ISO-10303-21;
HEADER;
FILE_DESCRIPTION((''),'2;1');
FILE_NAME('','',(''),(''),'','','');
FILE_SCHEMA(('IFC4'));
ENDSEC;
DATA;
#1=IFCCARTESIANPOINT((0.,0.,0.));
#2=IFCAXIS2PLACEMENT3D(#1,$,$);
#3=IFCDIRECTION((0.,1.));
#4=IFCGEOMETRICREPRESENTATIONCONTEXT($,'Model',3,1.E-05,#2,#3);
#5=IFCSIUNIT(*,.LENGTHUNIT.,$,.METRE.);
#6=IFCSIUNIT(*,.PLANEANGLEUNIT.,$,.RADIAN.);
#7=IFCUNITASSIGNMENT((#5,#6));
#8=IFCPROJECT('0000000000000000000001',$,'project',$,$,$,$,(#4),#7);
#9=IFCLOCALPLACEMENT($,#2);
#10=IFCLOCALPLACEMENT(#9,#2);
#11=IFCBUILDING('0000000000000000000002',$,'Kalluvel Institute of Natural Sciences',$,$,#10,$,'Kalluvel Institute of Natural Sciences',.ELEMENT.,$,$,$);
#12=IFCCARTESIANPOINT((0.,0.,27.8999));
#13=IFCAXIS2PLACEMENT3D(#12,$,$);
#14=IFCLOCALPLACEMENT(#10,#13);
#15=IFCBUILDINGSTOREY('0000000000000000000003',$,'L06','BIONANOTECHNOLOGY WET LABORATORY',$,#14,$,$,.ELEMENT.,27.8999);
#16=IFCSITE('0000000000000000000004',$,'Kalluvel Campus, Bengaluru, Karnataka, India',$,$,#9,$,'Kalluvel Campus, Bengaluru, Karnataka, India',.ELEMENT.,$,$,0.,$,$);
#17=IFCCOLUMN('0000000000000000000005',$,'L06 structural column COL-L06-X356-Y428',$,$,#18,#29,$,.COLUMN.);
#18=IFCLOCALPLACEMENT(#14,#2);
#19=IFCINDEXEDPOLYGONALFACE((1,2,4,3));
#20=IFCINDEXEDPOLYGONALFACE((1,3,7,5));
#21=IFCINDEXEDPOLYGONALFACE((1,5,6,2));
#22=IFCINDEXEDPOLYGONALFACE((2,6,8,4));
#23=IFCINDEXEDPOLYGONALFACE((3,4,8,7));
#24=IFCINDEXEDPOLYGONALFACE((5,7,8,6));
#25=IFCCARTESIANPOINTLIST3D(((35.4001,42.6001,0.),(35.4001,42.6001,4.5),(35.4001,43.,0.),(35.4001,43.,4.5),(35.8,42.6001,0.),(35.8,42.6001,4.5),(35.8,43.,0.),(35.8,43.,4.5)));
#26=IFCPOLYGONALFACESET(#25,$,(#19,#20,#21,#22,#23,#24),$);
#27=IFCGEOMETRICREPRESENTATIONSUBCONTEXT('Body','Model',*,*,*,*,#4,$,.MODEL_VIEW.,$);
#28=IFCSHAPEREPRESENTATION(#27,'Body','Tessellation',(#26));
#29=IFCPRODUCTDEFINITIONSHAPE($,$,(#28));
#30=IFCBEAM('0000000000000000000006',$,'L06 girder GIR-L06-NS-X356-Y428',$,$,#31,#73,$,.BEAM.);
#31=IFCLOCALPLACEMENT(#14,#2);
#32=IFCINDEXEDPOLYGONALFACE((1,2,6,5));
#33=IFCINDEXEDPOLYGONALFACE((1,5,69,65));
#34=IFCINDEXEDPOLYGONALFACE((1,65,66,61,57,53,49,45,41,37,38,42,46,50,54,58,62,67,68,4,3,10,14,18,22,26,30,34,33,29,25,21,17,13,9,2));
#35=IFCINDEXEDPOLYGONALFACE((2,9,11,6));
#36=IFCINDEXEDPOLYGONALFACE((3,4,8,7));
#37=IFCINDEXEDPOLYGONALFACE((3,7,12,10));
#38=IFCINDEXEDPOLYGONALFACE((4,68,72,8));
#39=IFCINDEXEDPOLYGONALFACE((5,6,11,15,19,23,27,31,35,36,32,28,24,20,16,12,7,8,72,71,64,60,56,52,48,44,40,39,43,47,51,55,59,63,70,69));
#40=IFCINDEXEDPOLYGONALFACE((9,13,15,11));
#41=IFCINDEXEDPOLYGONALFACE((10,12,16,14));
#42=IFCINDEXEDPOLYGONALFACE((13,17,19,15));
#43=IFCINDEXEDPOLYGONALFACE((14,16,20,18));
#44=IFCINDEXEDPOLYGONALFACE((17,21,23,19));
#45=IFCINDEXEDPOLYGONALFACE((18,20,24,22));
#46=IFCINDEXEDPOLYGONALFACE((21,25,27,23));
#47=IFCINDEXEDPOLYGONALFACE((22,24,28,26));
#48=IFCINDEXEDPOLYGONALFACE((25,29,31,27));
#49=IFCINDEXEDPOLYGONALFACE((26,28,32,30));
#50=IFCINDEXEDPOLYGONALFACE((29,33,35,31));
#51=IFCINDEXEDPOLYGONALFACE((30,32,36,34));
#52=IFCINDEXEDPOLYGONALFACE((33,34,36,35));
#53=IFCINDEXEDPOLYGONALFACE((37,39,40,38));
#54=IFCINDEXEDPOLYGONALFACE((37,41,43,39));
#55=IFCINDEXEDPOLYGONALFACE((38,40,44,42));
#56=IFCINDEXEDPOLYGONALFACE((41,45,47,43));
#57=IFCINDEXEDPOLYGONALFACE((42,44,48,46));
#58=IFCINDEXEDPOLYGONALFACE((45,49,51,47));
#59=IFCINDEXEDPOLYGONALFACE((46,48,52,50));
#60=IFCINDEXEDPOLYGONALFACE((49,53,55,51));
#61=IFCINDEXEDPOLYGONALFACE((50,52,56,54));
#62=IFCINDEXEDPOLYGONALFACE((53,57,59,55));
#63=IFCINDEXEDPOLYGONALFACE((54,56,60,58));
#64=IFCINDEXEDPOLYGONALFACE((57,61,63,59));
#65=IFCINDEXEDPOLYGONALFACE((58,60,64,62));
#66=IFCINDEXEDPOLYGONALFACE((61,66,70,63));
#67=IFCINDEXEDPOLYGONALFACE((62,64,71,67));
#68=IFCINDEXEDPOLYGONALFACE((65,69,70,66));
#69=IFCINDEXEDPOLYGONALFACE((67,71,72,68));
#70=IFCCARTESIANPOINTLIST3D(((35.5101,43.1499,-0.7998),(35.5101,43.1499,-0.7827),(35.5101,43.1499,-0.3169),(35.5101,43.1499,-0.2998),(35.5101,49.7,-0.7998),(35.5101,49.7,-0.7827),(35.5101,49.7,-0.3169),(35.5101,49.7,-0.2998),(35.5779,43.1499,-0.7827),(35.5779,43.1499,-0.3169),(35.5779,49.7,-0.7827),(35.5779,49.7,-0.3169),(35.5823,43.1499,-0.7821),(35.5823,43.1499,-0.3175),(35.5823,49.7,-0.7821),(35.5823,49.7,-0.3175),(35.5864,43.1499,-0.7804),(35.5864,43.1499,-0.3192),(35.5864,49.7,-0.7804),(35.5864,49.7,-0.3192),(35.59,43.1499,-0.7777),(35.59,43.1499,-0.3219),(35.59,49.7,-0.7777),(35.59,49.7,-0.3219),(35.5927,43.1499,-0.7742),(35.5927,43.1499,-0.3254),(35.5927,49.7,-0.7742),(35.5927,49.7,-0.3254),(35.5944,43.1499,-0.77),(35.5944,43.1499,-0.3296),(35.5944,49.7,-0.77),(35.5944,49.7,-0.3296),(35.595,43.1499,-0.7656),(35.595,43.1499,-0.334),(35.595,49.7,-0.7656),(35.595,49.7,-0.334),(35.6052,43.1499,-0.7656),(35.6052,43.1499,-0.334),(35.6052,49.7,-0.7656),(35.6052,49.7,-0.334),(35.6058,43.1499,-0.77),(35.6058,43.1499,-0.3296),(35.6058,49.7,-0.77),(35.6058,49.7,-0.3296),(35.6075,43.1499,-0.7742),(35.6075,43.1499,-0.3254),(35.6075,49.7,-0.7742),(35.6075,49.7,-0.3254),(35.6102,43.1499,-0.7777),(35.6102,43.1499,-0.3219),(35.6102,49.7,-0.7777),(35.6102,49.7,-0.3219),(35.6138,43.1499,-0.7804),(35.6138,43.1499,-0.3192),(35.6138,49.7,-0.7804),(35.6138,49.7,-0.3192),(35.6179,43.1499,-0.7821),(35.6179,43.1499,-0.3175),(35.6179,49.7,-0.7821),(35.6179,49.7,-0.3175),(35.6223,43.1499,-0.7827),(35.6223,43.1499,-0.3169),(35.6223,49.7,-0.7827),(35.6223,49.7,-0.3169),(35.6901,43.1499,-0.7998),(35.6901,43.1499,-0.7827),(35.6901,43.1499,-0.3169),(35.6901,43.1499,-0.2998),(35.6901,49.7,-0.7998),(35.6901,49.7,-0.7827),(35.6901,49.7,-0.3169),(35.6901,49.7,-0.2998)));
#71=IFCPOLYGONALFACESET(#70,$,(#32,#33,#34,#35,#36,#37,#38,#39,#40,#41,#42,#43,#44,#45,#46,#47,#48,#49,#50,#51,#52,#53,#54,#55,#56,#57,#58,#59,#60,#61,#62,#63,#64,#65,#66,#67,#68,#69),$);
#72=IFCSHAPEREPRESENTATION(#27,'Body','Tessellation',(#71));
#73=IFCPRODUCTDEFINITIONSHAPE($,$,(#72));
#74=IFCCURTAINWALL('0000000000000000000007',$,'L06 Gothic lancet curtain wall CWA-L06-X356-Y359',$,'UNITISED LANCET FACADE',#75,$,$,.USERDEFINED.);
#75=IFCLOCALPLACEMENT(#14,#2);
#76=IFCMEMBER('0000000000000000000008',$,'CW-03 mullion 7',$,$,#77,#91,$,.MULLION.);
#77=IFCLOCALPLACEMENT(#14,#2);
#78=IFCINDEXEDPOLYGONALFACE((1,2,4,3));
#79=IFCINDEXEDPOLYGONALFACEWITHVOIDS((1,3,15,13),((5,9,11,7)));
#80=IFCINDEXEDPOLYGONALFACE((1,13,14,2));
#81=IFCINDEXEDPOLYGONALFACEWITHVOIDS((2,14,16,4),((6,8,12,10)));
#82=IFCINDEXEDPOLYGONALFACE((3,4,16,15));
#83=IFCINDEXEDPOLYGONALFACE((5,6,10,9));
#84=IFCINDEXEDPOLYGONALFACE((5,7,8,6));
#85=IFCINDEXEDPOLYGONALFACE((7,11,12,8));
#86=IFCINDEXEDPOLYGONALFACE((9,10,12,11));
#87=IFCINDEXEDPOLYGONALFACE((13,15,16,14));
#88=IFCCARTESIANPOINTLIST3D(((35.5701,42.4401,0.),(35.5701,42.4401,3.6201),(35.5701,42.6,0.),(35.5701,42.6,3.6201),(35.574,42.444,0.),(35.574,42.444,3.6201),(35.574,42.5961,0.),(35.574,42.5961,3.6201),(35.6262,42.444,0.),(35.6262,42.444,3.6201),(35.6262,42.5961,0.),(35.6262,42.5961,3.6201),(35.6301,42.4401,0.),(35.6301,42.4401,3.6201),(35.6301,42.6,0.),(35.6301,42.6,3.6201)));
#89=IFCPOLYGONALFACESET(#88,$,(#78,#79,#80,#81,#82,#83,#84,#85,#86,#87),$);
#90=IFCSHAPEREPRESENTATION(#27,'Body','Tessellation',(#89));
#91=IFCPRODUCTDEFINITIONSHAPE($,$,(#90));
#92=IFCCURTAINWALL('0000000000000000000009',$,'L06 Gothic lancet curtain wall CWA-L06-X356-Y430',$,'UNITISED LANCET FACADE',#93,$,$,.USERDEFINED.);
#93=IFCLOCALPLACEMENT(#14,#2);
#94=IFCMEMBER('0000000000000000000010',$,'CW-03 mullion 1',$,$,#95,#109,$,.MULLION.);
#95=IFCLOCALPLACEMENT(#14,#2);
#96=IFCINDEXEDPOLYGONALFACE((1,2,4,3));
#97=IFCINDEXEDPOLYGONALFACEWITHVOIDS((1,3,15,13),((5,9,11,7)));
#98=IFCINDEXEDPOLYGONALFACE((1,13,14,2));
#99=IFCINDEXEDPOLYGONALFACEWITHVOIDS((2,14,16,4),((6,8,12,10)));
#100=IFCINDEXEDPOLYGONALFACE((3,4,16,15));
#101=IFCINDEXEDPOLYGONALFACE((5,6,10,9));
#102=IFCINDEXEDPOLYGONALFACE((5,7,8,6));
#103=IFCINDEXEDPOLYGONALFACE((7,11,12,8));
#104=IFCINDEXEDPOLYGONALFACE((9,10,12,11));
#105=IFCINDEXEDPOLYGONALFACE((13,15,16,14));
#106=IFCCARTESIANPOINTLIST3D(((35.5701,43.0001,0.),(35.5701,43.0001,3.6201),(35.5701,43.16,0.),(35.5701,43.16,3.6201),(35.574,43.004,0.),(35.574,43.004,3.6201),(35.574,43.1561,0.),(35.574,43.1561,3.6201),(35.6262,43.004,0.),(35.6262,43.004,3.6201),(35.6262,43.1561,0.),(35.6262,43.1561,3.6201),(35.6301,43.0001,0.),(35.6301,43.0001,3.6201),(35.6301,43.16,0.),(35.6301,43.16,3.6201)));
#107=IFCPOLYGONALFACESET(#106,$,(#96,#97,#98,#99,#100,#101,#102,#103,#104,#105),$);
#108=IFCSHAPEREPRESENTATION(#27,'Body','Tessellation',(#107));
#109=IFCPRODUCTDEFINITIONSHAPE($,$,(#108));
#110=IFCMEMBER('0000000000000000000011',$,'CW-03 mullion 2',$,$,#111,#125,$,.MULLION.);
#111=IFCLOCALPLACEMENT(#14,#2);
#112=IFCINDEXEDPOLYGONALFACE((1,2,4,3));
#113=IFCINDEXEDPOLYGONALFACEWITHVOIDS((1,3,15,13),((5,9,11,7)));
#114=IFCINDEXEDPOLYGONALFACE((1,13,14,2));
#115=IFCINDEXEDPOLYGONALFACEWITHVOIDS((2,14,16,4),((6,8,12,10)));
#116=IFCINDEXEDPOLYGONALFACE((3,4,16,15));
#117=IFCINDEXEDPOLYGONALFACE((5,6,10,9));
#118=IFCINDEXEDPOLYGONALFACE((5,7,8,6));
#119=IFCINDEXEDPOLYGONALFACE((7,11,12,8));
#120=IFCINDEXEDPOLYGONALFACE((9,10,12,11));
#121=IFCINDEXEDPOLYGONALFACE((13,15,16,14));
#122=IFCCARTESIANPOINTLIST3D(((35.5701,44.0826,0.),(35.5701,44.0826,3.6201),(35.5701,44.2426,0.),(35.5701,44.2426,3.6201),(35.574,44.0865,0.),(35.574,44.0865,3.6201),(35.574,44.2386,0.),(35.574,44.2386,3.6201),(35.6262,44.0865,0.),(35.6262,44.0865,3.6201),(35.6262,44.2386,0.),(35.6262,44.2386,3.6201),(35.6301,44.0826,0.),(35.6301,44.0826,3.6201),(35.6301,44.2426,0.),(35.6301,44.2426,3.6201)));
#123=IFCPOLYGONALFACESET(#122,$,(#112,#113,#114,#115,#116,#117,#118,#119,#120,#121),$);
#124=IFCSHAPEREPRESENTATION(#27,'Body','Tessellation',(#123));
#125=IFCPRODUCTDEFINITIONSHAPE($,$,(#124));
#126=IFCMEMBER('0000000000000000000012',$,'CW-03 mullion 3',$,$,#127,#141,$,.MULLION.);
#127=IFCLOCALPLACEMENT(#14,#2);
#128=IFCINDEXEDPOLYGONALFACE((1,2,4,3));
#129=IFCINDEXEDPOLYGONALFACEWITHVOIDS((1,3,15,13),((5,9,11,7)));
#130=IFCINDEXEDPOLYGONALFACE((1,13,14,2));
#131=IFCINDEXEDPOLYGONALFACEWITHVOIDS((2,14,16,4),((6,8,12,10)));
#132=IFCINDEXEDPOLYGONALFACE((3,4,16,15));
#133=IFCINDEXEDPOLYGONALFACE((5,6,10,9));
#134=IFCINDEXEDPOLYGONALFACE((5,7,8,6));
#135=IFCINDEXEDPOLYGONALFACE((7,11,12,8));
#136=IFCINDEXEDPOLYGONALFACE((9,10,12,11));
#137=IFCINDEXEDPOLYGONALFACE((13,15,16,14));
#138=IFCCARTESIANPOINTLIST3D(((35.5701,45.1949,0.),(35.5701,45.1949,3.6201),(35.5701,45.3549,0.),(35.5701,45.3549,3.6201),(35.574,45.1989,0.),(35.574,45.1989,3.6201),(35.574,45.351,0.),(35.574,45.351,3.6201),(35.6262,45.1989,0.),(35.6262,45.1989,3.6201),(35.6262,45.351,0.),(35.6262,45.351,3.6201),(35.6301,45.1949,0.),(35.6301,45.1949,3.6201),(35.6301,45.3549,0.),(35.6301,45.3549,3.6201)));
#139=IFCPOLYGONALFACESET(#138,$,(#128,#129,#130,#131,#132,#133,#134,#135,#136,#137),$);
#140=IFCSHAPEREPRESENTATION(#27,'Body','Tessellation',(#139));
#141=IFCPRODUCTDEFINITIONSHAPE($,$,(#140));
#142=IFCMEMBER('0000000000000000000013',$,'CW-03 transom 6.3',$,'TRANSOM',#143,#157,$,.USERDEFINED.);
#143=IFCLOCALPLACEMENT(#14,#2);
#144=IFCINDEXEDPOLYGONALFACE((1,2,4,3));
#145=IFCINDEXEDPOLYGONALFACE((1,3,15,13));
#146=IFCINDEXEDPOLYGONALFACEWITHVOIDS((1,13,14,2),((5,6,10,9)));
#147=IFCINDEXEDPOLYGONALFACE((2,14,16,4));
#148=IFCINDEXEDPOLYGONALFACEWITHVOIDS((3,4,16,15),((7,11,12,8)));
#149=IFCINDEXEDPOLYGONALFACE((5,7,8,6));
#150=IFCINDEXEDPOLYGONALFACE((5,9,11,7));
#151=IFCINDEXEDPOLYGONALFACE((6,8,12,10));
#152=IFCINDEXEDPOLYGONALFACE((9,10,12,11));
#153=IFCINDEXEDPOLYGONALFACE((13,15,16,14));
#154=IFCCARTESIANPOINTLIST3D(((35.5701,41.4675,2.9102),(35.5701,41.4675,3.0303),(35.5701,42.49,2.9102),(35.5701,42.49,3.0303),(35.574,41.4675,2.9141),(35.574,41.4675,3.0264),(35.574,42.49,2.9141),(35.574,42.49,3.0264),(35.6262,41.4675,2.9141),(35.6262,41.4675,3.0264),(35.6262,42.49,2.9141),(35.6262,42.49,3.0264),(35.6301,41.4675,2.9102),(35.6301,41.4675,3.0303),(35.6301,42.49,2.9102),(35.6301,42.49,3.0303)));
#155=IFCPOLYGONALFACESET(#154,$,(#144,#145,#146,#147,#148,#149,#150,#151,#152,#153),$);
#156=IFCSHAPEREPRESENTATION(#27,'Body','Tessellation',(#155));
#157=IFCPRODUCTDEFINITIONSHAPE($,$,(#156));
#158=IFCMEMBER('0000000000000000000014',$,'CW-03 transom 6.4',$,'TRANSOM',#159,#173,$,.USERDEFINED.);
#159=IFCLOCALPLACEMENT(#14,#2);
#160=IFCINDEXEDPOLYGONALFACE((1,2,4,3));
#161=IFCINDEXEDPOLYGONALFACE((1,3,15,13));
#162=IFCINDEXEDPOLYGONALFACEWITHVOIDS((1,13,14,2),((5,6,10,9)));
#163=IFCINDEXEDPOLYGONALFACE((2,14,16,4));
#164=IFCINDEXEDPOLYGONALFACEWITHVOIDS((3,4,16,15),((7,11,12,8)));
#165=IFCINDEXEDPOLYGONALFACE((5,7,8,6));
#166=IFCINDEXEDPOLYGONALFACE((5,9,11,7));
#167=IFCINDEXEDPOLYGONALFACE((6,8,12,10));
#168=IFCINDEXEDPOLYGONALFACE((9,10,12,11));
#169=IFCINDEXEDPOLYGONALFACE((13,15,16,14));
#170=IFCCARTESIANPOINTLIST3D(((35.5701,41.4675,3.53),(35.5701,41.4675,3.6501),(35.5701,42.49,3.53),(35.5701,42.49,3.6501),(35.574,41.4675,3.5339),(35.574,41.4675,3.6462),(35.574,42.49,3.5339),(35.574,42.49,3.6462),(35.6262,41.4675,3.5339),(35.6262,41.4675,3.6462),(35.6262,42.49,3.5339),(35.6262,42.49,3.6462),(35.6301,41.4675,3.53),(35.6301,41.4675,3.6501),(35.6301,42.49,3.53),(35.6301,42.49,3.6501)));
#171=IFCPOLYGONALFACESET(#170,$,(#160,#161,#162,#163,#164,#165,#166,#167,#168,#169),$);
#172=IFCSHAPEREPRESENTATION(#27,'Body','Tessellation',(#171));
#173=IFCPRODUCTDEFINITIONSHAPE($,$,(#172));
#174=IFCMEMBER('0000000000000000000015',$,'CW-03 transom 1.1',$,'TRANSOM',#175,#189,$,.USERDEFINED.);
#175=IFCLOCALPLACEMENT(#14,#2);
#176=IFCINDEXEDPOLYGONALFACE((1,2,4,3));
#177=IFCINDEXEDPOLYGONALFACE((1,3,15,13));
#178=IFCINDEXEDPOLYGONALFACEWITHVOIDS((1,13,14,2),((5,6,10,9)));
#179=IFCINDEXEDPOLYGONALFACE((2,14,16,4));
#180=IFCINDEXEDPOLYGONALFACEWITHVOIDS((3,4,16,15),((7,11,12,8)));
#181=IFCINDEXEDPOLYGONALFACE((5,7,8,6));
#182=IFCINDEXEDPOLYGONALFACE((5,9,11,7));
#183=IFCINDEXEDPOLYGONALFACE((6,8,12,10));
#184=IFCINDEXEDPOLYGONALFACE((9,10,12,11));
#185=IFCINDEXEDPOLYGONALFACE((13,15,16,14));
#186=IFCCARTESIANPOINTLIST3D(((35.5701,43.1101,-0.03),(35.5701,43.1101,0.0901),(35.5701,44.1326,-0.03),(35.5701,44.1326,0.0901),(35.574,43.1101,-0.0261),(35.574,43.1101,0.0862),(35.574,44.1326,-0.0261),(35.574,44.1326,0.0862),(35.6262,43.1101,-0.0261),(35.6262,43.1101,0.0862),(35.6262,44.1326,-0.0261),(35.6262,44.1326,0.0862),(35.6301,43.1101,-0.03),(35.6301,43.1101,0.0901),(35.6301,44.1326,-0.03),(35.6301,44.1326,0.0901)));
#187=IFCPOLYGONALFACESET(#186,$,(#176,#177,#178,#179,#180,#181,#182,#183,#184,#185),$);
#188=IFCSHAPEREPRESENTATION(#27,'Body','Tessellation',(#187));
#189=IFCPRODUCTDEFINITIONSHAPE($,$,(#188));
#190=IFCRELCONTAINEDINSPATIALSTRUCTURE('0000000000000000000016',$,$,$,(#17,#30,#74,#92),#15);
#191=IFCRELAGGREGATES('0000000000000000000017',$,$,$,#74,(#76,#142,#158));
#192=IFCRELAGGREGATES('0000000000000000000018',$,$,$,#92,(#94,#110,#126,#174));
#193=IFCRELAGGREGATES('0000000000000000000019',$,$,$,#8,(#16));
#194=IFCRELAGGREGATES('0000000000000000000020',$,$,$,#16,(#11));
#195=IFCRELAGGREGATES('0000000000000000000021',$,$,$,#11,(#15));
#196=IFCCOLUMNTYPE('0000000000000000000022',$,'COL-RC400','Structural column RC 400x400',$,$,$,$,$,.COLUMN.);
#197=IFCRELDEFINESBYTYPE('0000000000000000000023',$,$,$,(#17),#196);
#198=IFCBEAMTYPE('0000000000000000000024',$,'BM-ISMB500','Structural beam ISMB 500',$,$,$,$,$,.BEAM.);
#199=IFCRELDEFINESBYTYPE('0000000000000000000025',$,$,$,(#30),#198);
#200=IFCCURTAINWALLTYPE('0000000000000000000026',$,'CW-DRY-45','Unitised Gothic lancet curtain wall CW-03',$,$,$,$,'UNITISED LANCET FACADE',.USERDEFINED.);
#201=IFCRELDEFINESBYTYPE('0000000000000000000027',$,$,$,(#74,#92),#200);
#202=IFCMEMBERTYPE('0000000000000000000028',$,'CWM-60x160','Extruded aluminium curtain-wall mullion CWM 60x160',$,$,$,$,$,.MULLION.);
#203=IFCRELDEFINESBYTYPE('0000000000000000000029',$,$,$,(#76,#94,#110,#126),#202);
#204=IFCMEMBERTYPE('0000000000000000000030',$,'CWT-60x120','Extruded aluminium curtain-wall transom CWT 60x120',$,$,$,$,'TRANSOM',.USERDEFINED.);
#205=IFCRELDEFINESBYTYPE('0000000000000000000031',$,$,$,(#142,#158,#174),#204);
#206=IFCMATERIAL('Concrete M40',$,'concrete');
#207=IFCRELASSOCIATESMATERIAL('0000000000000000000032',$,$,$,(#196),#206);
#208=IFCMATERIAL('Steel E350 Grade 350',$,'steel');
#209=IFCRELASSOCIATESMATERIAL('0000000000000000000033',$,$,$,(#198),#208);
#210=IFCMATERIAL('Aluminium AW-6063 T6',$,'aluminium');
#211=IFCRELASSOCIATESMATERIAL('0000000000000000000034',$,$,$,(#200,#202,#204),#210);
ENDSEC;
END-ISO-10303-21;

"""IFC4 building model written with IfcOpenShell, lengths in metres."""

from ifc_helpers import new_model, si_unit, direction, frame, origin, origin_2d, place, context, subcontext, project, spatial, rectangle, hollow_rectangle, i_section, extrude, material, material_profile, profile_set, type_object, element, aggregate, save


model = new_model("IFC4")

# Units and contexts
model_context = context("Model", 3, precision=1e-05, world=origin(), true_north=direction((0.0, 1.0)))
body_context = subcontext(model_context, "Body", "Model", "MODEL_VIEW")
ifc_project = project(units=[si_unit("LENGTHUNIT", "METRE"), si_unit("PLANEANGLEUNIT", "RADIAN")], contexts=[model_context])

# Site, building, storey
site_placement = place(None, origin())
site = spatial("IfcSite", under=ifc_project, at=site_placement, Name="Kalluvel Campus, Bengaluru, Karnataka, India", LongName="Kalluvel Campus, Bengaluru, Karnataka, India", CompositionType="ELEMENT", RefElevation=0.0)
building_placement = place(site_placement, origin())
building = spatial("IfcBuilding", under=site, at=building_placement, Name="Kalluvel Institute of Natural Sciences", LongName="Kalluvel Institute of Natural Sciences", CompositionType="ELEMENT")
storey_placement = place(building_placement, frame((0.0, 0.0, 27.8999)))
storey = spatial("IfcBuildingStorey", under=building, at=storey_placement, Name="L06", Description="BIONANOTECHNOLOGY WET LABORATORY", CompositionType="ELEMENT", Elevation=27.8999)

# Column
ifc_material_1 = material(Name="Concrete M40", Category="concrete")
ifc_material_profile_1 = material_profile(ifc_material_1, rectangle(XDim=0.3999, YDim=0.3999, at=origin_2d()), Name="RC 400x400")
ifc_profile_set_1 = profile_set([ifc_material_profile_1], Name="Concrete M40")
column_type = type_object("IfcColumnType", Name="COL-RC400", Description="Structural column RC 400x400", PredefinedType="COLUMN", material=ifc_profile_set_1)
column_placement = place(storey_placement, frame((35.6001, 42.8, 0.0), z_axis=(0.0, 0.0, 1.0), x_axis=(1.0, 0.0, 0.0)))
element("IfcColumn", 1, at=column_placement, inside=storey, type_object=column_type, Name="L06 structural column COL-L06-X356-Y428", PredefinedType="COLUMN", context=body_context, shape_type="SweptSolid", body=[
    extrude(rectangle(XDim=0.3999, YDim=0.3999, at=origin_2d()), origin(), (0.0, 0.0, 1.0), 4.5),
])

# Beam
ifc_material_2 = material(Name="Steel E350 Grade 350", Category="steel")
ifc_material_profile_2 = material_profile(ifc_material_2, i_section(OverallWidth=0.1799, OverallDepth=0.5, WebThickness=0.0103, FlangeThickness=0.0171, FilletRadius=0.0171, at=origin_2d()), Name="ISMB 500")
ifc_profile_set_2 = profile_set([ifc_material_profile_2], Name="Steel E350 Grade 350")
beam_type = type_object("IfcBeamType", Name="BM-ISMB500", Description="Structural beam ISMB 500", PredefinedType="BEAM", material=ifc_profile_set_2)
beam_placement = place(storey_placement, frame((35.6001, 43.1499, -0.5498), z_axis=(0.0, 1.0, 0.0), x_axis=(-1.0, 0.0, 0.0)))
element("IfcBeam", 2, at=beam_placement, inside=storey, type_object=beam_type, Name="L06 girder GIR-L06-NS-X356-Y428", PredefinedType="BEAM", context=body_context, shape_type="SweptSolid", body=[
    extrude(i_section(OverallWidth=0.1799, OverallDepth=0.5, WebThickness=0.0103, FlangeThickness=0.0171, FilletRadius=0.0171, at=origin_2d()), origin(), (0.0, 0.0, 1.0), 6.55),
])

# Curtain wall, member
ifc_material_3 = material(Name="Aluminium AW-6063 T6", Category="aluminium")
curtain_wall_type = type_object("IfcCurtainWallType", Name="CW-DRY-45", Description="Unitised Gothic lancet curtain wall CW-03", ElementType="UNITISED LANCET FACADE", PredefinedType="USERDEFINED", material=ifc_material_3)
curtain_wall_1_placement = place(storey_placement, origin())
curtain_wall_1 = element("IfcCurtainWall", 3, at=curtain_wall_1_placement, inside=storey, type_object=curtain_wall_type, Name="L06 Gothic lancet curtain wall CWA-L06-X356-Y359", ObjectType="UNITISED LANCET FACADE", PredefinedType="USERDEFINED")
ifc_material_profile_3 = material_profile(ifc_material_3, hollow_rectangle(XDim=0.0601, YDim=0.1599, WallThickness=0.0039, at=origin_2d()), Name="CWM 60x160")
ifc_profile_set_3 = profile_set([ifc_material_profile_3], Name="Aluminium AW-6063 T6")
member_type_1 = type_object("IfcMemberType", Name="CWM-60x160", Description="Extruded aluminium curtain-wall mullion CWM 60x160", PredefinedType="MULLION", material=ifc_profile_set_3)
member_1_placement = place(storey_placement, frame((35.6001, 42.52, 0.0), z_axis=(0.0, 0.0, 1.0), x_axis=(-1.0, 0.0, 0.0)))
member_1 = element("IfcMember", 4, at=member_1_placement, type_object=member_type_1, Name="CW-03 mullion 7", PredefinedType="MULLION", context=body_context, shape_type="SweptSolid", body=[
    extrude(hollow_rectangle(XDim=0.0601, YDim=0.1599, WallThickness=0.0039, at=origin_2d()), origin(), (0.0, 0.0, 1.0), 3.6201),
])

# Curtain wall, members
curtain_wall_2_placement = place(storey_placement, origin())
curtain_wall_2 = element("IfcCurtainWall", 5, at=curtain_wall_2_placement, inside=storey, type_object=curtain_wall_type, Name="L06 Gothic lancet curtain wall CWA-L06-X356-Y430", ObjectType="UNITISED LANCET FACADE", PredefinedType="USERDEFINED")
member_2_placement = place(storey_placement, frame((35.6001, 43.0801, 0.0), z_axis=(0.0, 0.0, 1.0), x_axis=(-1.0, 0.0, 0.0)))
member_2 = element("IfcMember", 6, at=member_2_placement, type_object=member_type_1, Name="CW-03 mullion 1", PredefinedType="MULLION", context=body_context, shape_type="SweptSolid", body=[
    extrude(hollow_rectangle(XDim=0.0601, YDim=0.1599, WallThickness=0.0039, at=origin_2d()), origin(), (0.0, 0.0, 1.0), 3.6201),
])
member_3_placement = place(storey_placement, frame((35.6001, 44.1626, 0.0), z_axis=(0.0, 0.0, 1.0), x_axis=(-1.0, 0.0, 0.0)))
member_3 = element("IfcMember", 7, at=member_3_placement, type_object=member_type_1, Name="CW-03 mullion 2", PredefinedType="MULLION", context=body_context, shape_type="SweptSolid", body=[
    extrude(hollow_rectangle(XDim=0.0601, YDim=0.1599, WallThickness=0.0039, at=origin_2d()), origin(), (0.0, 0.0, 1.0), 3.6201),
])
member_4_placement = place(storey_placement, frame((35.6001, 45.2749, 0.0), z_axis=(0.0, 0.0, 1.0), x_axis=(-1.0, 0.0, 0.0)))
member_4 = element("IfcMember", 8, at=member_4_placement, type_object=member_type_1, Name="CW-03 mullion 3", PredefinedType="MULLION", context=body_context, shape_type="SweptSolid", body=[
    extrude(hollow_rectangle(XDim=0.0601, YDim=0.1599, WallThickness=0.0039, at=origin_2d()), origin(), (0.0, 0.0, 1.0), 3.6201),
])

# Members
ifc_material_profile_4 = material_profile(ifc_material_3, hollow_rectangle(XDim=0.0601, YDim=0.1201, WallThickness=0.0039, at=origin_2d()), Name="CWT 60x120")
ifc_profile_set_4 = profile_set([ifc_material_profile_4], Name="Aluminium AW-6063 T6")
member_type_2 = type_object("IfcMemberType", Name="CWT-60x120", Description="Extruded aluminium curtain-wall transom CWT 60x120", ElementType="TRANSOM", PredefinedType="USERDEFINED", material=ifc_profile_set_4)
member_5_placement = place(storey_placement, frame((35.6001, 41.4675, 2.9702), z_axis=(0.0, 1.0, 0.0), x_axis=(-1.0, 0.0, 0.0)))
member_5 = element("IfcMember", 9, at=member_5_placement, type_object=member_type_2, Name="CW-03 transom 6.3", ObjectType="TRANSOM", PredefinedType="USERDEFINED", context=body_context, shape_type="SweptSolid", body=[
    extrude(hollow_rectangle(XDim=0.0601, YDim=0.1201, WallThickness=0.0039, at=origin_2d()), origin(), (0.0, 0.0, 1.0), 1.0225),
])
member_6_placement = place(storey_placement, frame((35.6001, 41.4675, 3.5901), z_axis=(0.0, 1.0, 0.0), x_axis=(-1.0, 0.0, 0.0)))
member_6 = element("IfcMember", 10, at=member_6_placement, type_object=member_type_2, Name="CW-03 transom 6.4", ObjectType="TRANSOM", PredefinedType="USERDEFINED", context=body_context, shape_type="SweptSolid", body=[
    extrude(hollow_rectangle(XDim=0.0601, YDim=0.1201, WallThickness=0.0039, at=origin_2d()), origin(), (0.0, 0.0, 1.0), 1.0225),
])
member_7_placement = place(storey_placement, frame((35.6001, 43.1101, 0.03), z_axis=(0.0, 1.0, 0.0), x_axis=(-1.0, 0.0, 0.0)))
member_7 = element("IfcMember", 11, at=member_7_placement, type_object=member_type_2, Name="CW-03 transom 1.1", ObjectType="TRANSOM", PredefinedType="USERDEFINED", context=body_context, shape_type="SweptSolid", body=[
    extrude(hollow_rectangle(XDim=0.0601, YDim=0.1201, WallThickness=0.0039, at=origin_2d()), origin(), (0.0, 0.0, 1.0), 1.0225),
])

aggregate(curtain_wall_1, [member_1, member_5, member_6])
aggregate(curtain_wall_2, [member_2, member_3, member_4, member_7])

save(model, "model.ifc")
